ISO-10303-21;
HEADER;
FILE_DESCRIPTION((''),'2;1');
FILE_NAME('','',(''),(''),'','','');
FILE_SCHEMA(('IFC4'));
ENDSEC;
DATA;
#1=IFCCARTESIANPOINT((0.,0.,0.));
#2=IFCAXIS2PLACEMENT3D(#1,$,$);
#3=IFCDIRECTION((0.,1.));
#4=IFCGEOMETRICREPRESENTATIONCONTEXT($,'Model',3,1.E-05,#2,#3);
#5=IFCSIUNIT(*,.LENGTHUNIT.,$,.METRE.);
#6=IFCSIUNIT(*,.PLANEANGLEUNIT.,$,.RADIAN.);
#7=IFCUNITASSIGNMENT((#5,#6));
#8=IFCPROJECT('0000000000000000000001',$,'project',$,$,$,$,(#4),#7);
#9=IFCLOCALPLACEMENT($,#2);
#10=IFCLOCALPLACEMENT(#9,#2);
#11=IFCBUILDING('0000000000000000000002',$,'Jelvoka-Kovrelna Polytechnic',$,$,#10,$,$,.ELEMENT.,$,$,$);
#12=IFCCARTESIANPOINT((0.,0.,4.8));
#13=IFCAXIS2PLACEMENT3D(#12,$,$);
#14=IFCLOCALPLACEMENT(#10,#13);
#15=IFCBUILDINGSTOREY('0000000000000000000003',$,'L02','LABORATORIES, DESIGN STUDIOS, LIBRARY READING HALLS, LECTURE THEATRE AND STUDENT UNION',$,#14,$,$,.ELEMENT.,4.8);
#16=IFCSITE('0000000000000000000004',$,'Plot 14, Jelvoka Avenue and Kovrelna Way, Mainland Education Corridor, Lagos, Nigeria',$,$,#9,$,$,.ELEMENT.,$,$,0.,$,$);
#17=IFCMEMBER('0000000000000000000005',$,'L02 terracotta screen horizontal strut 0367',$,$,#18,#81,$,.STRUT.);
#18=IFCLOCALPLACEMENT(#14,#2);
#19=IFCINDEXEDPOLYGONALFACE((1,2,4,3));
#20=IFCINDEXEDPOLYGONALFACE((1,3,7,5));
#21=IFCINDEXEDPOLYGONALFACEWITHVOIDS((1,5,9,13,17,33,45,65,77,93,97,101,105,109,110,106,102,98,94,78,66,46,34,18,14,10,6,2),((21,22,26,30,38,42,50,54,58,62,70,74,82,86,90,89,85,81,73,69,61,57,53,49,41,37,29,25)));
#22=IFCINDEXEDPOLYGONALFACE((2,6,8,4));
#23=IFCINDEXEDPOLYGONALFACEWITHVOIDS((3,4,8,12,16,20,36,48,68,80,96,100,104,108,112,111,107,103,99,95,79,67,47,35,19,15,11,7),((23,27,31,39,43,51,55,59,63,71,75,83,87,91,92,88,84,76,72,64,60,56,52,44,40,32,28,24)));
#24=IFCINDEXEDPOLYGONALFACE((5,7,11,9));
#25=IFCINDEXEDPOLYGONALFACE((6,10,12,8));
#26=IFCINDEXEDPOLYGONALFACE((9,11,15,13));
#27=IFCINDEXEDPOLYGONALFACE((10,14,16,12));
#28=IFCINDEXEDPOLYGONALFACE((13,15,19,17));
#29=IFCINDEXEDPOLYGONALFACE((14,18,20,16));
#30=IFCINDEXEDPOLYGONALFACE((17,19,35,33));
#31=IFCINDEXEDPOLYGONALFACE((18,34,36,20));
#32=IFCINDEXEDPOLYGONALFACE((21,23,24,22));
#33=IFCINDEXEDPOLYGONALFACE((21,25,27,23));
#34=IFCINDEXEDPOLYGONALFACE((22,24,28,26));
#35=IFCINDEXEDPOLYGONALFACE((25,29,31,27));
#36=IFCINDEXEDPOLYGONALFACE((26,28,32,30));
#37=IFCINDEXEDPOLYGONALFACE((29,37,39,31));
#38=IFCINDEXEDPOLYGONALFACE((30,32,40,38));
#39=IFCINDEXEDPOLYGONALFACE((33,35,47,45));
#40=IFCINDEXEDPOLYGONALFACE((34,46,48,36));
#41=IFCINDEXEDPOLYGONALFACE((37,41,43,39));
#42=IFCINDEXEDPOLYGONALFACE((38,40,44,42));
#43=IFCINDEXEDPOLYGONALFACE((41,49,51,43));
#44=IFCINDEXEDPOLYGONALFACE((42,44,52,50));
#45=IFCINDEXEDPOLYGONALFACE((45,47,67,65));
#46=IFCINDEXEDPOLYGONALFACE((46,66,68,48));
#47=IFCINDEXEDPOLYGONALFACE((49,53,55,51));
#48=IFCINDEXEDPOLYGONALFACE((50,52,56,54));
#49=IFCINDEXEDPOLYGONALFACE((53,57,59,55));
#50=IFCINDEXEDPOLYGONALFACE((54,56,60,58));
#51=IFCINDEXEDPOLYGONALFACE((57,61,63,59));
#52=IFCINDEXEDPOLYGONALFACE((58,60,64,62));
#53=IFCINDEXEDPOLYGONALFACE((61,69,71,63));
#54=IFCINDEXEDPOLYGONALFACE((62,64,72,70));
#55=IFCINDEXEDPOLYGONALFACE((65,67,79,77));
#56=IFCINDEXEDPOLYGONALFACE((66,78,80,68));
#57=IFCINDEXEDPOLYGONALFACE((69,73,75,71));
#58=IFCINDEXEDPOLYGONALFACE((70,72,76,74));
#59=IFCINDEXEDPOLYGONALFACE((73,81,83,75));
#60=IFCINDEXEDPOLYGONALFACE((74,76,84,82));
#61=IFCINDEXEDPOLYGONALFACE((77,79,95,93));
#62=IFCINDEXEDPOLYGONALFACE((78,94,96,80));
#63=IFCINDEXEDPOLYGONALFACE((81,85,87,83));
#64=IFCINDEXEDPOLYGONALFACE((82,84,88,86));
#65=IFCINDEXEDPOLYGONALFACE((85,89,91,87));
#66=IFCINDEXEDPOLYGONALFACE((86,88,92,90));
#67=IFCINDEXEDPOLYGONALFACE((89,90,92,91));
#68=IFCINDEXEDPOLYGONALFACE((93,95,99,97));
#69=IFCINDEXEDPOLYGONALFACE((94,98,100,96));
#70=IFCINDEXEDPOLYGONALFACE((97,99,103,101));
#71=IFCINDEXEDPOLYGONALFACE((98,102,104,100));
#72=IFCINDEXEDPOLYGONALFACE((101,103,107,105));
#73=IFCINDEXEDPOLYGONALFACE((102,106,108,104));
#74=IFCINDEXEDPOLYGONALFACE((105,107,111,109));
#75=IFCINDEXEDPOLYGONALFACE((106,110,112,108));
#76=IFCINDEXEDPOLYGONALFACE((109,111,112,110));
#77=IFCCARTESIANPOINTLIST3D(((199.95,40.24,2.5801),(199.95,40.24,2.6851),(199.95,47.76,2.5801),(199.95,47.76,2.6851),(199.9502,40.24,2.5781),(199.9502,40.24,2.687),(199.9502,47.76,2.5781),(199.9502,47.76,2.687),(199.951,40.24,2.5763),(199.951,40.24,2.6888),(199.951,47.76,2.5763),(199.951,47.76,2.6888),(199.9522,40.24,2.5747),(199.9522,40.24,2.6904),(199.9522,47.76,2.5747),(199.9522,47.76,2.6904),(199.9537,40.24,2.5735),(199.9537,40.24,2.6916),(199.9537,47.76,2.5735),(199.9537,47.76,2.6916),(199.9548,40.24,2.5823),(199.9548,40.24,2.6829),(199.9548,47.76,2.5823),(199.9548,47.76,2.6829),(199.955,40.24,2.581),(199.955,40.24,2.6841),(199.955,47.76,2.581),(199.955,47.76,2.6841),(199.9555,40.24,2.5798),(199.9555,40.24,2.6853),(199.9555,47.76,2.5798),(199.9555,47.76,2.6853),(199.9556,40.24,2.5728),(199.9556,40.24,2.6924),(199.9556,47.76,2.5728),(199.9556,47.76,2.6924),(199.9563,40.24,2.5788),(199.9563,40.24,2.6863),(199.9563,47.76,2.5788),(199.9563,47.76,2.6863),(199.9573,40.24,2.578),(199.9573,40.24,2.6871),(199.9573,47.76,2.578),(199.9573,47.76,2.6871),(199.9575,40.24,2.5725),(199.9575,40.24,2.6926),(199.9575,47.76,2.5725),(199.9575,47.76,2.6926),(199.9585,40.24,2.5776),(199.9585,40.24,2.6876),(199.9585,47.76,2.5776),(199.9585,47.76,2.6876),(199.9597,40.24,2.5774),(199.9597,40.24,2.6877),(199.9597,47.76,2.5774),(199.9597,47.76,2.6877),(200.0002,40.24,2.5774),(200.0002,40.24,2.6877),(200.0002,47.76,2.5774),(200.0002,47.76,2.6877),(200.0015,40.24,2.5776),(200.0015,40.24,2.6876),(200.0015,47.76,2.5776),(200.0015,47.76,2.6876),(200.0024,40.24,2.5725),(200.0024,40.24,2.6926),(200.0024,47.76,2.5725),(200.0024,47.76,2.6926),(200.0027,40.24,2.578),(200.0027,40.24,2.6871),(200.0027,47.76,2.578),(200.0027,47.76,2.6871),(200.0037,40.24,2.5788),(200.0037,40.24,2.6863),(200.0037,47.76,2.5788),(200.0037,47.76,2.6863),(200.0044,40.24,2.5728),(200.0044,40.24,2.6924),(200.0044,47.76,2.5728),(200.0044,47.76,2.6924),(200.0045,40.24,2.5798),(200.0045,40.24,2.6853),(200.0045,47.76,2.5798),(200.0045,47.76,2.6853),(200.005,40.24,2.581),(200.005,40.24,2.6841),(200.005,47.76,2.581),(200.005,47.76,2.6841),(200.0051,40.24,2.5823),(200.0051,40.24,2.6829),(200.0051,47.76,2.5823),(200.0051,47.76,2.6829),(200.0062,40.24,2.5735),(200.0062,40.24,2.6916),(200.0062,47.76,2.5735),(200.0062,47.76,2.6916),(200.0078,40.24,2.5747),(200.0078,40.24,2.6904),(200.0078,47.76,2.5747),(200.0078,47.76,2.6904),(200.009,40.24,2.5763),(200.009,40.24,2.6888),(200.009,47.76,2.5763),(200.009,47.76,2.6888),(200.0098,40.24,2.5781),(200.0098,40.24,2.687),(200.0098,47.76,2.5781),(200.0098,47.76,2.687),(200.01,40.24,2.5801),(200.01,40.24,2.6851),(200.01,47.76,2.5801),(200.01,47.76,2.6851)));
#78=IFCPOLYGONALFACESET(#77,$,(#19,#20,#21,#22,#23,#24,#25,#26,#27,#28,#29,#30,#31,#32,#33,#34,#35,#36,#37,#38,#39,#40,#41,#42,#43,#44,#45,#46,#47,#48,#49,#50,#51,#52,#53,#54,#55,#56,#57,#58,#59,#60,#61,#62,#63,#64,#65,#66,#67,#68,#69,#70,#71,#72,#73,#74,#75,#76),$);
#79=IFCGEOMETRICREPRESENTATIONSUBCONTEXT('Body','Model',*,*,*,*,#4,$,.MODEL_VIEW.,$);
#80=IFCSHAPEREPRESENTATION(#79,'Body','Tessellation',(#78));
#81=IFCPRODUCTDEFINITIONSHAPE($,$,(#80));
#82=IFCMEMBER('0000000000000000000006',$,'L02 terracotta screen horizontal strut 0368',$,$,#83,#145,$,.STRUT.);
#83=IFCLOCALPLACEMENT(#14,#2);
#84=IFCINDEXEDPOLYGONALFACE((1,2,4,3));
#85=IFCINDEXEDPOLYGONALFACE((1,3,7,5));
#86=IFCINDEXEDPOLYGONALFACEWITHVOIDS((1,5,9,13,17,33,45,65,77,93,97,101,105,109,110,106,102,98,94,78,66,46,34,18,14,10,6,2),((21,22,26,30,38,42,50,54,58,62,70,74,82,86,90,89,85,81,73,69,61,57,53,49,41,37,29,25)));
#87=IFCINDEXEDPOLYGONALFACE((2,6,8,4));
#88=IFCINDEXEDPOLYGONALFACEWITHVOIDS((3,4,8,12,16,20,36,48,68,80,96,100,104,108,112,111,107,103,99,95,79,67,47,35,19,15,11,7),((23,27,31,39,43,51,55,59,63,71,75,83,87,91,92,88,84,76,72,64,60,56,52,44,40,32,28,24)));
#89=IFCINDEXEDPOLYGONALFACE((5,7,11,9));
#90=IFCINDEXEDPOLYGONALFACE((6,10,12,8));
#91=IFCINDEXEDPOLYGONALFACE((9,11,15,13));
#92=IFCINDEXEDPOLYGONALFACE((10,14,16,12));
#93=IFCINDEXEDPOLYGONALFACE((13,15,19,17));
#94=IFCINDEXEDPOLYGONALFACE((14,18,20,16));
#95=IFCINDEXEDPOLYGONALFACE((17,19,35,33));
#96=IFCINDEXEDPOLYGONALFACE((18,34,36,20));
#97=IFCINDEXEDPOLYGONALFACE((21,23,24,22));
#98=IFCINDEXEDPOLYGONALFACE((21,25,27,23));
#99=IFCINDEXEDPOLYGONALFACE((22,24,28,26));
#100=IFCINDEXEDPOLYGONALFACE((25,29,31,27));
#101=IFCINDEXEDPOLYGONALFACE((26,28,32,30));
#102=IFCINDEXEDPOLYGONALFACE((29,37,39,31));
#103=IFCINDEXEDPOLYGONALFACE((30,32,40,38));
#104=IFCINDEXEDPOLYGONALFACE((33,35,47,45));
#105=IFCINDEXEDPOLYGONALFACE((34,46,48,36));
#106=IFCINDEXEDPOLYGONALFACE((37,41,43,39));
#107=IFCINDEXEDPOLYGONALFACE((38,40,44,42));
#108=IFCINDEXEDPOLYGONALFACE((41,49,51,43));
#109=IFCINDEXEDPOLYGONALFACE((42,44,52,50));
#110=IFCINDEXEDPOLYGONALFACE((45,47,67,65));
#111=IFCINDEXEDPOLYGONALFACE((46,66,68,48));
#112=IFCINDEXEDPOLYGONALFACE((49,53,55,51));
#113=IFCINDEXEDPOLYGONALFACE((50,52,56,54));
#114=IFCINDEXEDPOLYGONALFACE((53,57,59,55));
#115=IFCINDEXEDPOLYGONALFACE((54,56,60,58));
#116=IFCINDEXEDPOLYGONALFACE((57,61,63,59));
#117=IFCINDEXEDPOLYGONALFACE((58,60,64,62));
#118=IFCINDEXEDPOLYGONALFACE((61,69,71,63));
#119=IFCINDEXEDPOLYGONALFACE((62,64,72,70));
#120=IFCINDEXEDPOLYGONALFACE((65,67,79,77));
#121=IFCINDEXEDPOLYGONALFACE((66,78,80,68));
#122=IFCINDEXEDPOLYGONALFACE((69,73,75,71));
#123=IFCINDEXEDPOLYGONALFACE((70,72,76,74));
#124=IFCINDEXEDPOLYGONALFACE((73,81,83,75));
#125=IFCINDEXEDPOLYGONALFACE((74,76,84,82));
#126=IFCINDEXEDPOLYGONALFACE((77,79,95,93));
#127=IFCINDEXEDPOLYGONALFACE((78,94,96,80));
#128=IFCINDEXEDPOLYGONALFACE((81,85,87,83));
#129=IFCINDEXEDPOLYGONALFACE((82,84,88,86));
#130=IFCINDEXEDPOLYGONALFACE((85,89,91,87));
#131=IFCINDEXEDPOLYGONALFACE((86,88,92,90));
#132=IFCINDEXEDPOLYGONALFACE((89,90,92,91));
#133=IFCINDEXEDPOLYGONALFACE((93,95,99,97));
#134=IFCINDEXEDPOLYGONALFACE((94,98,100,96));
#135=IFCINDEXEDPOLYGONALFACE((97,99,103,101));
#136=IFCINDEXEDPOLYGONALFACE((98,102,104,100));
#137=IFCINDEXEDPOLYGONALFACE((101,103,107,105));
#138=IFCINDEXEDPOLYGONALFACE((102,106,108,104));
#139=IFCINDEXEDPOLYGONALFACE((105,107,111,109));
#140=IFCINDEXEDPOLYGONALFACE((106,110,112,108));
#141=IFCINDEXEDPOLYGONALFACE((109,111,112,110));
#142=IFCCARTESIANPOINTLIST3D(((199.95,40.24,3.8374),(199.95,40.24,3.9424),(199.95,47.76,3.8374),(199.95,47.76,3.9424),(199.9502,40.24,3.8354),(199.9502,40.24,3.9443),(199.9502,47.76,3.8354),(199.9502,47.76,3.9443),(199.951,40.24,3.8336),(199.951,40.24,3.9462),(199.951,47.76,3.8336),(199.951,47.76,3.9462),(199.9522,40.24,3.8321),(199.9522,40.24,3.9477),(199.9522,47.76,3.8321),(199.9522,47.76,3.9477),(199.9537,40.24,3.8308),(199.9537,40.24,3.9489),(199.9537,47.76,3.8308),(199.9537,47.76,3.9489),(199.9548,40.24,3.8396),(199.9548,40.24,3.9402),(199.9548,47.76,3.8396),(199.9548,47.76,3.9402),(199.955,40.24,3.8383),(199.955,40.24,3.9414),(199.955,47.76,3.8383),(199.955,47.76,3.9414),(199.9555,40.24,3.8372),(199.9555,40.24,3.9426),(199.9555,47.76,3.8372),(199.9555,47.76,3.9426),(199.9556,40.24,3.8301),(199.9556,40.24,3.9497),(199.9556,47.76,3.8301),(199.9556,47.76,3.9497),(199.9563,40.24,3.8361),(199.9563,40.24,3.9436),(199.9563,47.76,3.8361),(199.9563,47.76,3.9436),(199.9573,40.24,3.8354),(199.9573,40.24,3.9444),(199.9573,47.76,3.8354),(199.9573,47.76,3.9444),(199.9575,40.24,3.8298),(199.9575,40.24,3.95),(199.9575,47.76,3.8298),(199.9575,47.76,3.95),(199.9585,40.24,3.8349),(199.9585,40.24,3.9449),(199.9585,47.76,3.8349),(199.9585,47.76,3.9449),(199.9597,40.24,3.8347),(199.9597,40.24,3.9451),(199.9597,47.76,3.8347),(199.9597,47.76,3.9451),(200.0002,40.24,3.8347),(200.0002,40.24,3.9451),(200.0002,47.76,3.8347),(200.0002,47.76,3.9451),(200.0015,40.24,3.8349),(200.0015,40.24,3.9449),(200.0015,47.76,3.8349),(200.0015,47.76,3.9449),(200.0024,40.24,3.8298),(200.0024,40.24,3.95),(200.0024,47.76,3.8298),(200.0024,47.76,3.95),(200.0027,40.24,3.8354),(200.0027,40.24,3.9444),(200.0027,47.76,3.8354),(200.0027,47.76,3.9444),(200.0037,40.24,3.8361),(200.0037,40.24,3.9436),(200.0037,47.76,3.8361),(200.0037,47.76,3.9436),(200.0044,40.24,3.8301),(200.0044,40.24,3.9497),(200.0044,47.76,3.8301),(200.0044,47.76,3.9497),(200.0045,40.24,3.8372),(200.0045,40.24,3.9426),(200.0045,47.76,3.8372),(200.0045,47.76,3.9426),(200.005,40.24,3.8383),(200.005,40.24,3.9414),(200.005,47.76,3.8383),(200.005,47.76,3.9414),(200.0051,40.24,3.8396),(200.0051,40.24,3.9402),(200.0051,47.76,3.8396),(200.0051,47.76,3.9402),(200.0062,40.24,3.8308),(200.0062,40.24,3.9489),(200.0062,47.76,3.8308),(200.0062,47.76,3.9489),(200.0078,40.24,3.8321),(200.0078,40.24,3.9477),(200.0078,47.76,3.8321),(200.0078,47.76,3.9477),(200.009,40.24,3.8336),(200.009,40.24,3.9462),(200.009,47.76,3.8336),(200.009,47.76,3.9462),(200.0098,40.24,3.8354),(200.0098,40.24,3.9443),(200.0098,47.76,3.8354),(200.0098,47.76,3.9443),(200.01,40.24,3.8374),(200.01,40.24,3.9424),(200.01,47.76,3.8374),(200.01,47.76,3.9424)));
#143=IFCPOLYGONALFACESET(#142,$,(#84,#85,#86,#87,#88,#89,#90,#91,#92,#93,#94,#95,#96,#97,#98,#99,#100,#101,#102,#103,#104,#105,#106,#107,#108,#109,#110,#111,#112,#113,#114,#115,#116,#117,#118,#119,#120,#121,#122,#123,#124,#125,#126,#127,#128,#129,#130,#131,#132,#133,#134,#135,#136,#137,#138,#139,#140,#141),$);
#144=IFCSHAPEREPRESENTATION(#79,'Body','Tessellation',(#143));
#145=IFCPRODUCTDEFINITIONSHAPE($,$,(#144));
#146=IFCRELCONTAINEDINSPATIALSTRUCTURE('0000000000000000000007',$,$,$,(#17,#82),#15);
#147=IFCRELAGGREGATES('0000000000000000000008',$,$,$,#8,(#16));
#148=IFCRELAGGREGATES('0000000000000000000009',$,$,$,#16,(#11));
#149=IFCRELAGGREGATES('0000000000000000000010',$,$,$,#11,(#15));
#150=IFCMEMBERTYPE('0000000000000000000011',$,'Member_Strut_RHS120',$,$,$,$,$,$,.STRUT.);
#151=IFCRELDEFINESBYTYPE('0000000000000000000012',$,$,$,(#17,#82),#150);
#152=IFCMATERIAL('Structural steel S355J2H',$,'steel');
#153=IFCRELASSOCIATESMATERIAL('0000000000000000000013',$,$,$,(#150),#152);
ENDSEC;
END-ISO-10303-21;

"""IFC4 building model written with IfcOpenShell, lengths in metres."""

from ifc_helpers import new_model, si_unit, direction, frame, origin, origin_2d, place, context, subcontext, project, spatial, hollow_rectangle, extrude, material, material_profile, profile_set, type_object, element, save


model = new_model("IFC4")

# Units and contexts
model_context = context("Model", 3, precision=1e-05, world=origin(), true_north=direction((0.0, 1.0)))
body_context = subcontext(model_context, "Body", "Model", "MODEL_VIEW")
ifc_project = project(units=[si_unit("LENGTHUNIT", "METRE"), si_unit("PLANEANGLEUNIT", "RADIAN")], contexts=[model_context])

# Site, building, storey
site_placement = place(None, origin())
site = spatial("IfcSite", under=ifc_project, at=site_placement, Name="Plot 14, Jelvoka Avenue and Kovrelna Way, Mainland Education Corridor, Lagos, Nigeria", CompositionType="ELEMENT", RefElevation=0.0)
building_placement = place(site_placement, origin())
building = spatial("IfcBuilding", under=site, at=building_placement, Name="Jelvoka-Kovrelna Polytechnic", CompositionType="ELEMENT")
storey_placement = place(building_placement, frame((0.0, 0.0, 4.8)))
storey = spatial("IfcBuildingStorey", under=building, at=storey_placement, Name="L02", Description="LABORATORIES, DESIGN STUDIOS, LIBRARY READING HALLS, LECTURE THEATRE AND STUDENT UNION", CompositionType="ELEMENT", Elevation=4.8)

# Members
ifc_material_1 = material(Name="Structural steel S355J2H", Category="steel")
ifc_material_profile_1 = material_profile(ifc_material_1, hollow_rectangle(XDim=0.0601, YDim=0.1201, WallThickness=0.0049, InnerFilletRadius=0.0049, OuterFilletRadius=0.0076, at=origin_2d()), Name="120x60x5.0 RHS")
ifc_profile_set_1 = profile_set([ifc_material_profile_1], Name="Structural steel S355J2H")
member_type_1 = type_object("IfcMemberType", Name="Member_Strut_RHS120", PredefinedType="STRUT", material=ifc_profile_set_1)
for number, where, z_axis, x_axis, name in (
    (1, (199.98, 40.24, 2.6326), (0.0, 1.0, 0.0), (-1.0, 0.0, 0.0), "L02 terracotta screen horizontal strut 0367"),
    (2, (199.98, 40.24, 3.8899), (0.0, 1.0, 0.0), (-1.0, 0.0, 0.0), "L02 terracotta screen horizontal strut 0368"),
):
    element("IfcMember", number, at=place(storey_placement, frame(where, z_axis=z_axis, x_axis=x_axis)), inside=storey, type_object=member_type_1, Name=name, PredefinedType="STRUT", context=body_context, shape_type="SweptSolid", body=[
        extrude(hollow_rectangle(XDim=0.0601, YDim=0.1201, WallThickness=0.0049, InnerFilletRadius=0.0049, OuterFilletRadius=0.0076, at=origin_2d()), origin(), (0.0, 0.0, 1.0), 7.52),
    ])

save(model, "model.ifc")
